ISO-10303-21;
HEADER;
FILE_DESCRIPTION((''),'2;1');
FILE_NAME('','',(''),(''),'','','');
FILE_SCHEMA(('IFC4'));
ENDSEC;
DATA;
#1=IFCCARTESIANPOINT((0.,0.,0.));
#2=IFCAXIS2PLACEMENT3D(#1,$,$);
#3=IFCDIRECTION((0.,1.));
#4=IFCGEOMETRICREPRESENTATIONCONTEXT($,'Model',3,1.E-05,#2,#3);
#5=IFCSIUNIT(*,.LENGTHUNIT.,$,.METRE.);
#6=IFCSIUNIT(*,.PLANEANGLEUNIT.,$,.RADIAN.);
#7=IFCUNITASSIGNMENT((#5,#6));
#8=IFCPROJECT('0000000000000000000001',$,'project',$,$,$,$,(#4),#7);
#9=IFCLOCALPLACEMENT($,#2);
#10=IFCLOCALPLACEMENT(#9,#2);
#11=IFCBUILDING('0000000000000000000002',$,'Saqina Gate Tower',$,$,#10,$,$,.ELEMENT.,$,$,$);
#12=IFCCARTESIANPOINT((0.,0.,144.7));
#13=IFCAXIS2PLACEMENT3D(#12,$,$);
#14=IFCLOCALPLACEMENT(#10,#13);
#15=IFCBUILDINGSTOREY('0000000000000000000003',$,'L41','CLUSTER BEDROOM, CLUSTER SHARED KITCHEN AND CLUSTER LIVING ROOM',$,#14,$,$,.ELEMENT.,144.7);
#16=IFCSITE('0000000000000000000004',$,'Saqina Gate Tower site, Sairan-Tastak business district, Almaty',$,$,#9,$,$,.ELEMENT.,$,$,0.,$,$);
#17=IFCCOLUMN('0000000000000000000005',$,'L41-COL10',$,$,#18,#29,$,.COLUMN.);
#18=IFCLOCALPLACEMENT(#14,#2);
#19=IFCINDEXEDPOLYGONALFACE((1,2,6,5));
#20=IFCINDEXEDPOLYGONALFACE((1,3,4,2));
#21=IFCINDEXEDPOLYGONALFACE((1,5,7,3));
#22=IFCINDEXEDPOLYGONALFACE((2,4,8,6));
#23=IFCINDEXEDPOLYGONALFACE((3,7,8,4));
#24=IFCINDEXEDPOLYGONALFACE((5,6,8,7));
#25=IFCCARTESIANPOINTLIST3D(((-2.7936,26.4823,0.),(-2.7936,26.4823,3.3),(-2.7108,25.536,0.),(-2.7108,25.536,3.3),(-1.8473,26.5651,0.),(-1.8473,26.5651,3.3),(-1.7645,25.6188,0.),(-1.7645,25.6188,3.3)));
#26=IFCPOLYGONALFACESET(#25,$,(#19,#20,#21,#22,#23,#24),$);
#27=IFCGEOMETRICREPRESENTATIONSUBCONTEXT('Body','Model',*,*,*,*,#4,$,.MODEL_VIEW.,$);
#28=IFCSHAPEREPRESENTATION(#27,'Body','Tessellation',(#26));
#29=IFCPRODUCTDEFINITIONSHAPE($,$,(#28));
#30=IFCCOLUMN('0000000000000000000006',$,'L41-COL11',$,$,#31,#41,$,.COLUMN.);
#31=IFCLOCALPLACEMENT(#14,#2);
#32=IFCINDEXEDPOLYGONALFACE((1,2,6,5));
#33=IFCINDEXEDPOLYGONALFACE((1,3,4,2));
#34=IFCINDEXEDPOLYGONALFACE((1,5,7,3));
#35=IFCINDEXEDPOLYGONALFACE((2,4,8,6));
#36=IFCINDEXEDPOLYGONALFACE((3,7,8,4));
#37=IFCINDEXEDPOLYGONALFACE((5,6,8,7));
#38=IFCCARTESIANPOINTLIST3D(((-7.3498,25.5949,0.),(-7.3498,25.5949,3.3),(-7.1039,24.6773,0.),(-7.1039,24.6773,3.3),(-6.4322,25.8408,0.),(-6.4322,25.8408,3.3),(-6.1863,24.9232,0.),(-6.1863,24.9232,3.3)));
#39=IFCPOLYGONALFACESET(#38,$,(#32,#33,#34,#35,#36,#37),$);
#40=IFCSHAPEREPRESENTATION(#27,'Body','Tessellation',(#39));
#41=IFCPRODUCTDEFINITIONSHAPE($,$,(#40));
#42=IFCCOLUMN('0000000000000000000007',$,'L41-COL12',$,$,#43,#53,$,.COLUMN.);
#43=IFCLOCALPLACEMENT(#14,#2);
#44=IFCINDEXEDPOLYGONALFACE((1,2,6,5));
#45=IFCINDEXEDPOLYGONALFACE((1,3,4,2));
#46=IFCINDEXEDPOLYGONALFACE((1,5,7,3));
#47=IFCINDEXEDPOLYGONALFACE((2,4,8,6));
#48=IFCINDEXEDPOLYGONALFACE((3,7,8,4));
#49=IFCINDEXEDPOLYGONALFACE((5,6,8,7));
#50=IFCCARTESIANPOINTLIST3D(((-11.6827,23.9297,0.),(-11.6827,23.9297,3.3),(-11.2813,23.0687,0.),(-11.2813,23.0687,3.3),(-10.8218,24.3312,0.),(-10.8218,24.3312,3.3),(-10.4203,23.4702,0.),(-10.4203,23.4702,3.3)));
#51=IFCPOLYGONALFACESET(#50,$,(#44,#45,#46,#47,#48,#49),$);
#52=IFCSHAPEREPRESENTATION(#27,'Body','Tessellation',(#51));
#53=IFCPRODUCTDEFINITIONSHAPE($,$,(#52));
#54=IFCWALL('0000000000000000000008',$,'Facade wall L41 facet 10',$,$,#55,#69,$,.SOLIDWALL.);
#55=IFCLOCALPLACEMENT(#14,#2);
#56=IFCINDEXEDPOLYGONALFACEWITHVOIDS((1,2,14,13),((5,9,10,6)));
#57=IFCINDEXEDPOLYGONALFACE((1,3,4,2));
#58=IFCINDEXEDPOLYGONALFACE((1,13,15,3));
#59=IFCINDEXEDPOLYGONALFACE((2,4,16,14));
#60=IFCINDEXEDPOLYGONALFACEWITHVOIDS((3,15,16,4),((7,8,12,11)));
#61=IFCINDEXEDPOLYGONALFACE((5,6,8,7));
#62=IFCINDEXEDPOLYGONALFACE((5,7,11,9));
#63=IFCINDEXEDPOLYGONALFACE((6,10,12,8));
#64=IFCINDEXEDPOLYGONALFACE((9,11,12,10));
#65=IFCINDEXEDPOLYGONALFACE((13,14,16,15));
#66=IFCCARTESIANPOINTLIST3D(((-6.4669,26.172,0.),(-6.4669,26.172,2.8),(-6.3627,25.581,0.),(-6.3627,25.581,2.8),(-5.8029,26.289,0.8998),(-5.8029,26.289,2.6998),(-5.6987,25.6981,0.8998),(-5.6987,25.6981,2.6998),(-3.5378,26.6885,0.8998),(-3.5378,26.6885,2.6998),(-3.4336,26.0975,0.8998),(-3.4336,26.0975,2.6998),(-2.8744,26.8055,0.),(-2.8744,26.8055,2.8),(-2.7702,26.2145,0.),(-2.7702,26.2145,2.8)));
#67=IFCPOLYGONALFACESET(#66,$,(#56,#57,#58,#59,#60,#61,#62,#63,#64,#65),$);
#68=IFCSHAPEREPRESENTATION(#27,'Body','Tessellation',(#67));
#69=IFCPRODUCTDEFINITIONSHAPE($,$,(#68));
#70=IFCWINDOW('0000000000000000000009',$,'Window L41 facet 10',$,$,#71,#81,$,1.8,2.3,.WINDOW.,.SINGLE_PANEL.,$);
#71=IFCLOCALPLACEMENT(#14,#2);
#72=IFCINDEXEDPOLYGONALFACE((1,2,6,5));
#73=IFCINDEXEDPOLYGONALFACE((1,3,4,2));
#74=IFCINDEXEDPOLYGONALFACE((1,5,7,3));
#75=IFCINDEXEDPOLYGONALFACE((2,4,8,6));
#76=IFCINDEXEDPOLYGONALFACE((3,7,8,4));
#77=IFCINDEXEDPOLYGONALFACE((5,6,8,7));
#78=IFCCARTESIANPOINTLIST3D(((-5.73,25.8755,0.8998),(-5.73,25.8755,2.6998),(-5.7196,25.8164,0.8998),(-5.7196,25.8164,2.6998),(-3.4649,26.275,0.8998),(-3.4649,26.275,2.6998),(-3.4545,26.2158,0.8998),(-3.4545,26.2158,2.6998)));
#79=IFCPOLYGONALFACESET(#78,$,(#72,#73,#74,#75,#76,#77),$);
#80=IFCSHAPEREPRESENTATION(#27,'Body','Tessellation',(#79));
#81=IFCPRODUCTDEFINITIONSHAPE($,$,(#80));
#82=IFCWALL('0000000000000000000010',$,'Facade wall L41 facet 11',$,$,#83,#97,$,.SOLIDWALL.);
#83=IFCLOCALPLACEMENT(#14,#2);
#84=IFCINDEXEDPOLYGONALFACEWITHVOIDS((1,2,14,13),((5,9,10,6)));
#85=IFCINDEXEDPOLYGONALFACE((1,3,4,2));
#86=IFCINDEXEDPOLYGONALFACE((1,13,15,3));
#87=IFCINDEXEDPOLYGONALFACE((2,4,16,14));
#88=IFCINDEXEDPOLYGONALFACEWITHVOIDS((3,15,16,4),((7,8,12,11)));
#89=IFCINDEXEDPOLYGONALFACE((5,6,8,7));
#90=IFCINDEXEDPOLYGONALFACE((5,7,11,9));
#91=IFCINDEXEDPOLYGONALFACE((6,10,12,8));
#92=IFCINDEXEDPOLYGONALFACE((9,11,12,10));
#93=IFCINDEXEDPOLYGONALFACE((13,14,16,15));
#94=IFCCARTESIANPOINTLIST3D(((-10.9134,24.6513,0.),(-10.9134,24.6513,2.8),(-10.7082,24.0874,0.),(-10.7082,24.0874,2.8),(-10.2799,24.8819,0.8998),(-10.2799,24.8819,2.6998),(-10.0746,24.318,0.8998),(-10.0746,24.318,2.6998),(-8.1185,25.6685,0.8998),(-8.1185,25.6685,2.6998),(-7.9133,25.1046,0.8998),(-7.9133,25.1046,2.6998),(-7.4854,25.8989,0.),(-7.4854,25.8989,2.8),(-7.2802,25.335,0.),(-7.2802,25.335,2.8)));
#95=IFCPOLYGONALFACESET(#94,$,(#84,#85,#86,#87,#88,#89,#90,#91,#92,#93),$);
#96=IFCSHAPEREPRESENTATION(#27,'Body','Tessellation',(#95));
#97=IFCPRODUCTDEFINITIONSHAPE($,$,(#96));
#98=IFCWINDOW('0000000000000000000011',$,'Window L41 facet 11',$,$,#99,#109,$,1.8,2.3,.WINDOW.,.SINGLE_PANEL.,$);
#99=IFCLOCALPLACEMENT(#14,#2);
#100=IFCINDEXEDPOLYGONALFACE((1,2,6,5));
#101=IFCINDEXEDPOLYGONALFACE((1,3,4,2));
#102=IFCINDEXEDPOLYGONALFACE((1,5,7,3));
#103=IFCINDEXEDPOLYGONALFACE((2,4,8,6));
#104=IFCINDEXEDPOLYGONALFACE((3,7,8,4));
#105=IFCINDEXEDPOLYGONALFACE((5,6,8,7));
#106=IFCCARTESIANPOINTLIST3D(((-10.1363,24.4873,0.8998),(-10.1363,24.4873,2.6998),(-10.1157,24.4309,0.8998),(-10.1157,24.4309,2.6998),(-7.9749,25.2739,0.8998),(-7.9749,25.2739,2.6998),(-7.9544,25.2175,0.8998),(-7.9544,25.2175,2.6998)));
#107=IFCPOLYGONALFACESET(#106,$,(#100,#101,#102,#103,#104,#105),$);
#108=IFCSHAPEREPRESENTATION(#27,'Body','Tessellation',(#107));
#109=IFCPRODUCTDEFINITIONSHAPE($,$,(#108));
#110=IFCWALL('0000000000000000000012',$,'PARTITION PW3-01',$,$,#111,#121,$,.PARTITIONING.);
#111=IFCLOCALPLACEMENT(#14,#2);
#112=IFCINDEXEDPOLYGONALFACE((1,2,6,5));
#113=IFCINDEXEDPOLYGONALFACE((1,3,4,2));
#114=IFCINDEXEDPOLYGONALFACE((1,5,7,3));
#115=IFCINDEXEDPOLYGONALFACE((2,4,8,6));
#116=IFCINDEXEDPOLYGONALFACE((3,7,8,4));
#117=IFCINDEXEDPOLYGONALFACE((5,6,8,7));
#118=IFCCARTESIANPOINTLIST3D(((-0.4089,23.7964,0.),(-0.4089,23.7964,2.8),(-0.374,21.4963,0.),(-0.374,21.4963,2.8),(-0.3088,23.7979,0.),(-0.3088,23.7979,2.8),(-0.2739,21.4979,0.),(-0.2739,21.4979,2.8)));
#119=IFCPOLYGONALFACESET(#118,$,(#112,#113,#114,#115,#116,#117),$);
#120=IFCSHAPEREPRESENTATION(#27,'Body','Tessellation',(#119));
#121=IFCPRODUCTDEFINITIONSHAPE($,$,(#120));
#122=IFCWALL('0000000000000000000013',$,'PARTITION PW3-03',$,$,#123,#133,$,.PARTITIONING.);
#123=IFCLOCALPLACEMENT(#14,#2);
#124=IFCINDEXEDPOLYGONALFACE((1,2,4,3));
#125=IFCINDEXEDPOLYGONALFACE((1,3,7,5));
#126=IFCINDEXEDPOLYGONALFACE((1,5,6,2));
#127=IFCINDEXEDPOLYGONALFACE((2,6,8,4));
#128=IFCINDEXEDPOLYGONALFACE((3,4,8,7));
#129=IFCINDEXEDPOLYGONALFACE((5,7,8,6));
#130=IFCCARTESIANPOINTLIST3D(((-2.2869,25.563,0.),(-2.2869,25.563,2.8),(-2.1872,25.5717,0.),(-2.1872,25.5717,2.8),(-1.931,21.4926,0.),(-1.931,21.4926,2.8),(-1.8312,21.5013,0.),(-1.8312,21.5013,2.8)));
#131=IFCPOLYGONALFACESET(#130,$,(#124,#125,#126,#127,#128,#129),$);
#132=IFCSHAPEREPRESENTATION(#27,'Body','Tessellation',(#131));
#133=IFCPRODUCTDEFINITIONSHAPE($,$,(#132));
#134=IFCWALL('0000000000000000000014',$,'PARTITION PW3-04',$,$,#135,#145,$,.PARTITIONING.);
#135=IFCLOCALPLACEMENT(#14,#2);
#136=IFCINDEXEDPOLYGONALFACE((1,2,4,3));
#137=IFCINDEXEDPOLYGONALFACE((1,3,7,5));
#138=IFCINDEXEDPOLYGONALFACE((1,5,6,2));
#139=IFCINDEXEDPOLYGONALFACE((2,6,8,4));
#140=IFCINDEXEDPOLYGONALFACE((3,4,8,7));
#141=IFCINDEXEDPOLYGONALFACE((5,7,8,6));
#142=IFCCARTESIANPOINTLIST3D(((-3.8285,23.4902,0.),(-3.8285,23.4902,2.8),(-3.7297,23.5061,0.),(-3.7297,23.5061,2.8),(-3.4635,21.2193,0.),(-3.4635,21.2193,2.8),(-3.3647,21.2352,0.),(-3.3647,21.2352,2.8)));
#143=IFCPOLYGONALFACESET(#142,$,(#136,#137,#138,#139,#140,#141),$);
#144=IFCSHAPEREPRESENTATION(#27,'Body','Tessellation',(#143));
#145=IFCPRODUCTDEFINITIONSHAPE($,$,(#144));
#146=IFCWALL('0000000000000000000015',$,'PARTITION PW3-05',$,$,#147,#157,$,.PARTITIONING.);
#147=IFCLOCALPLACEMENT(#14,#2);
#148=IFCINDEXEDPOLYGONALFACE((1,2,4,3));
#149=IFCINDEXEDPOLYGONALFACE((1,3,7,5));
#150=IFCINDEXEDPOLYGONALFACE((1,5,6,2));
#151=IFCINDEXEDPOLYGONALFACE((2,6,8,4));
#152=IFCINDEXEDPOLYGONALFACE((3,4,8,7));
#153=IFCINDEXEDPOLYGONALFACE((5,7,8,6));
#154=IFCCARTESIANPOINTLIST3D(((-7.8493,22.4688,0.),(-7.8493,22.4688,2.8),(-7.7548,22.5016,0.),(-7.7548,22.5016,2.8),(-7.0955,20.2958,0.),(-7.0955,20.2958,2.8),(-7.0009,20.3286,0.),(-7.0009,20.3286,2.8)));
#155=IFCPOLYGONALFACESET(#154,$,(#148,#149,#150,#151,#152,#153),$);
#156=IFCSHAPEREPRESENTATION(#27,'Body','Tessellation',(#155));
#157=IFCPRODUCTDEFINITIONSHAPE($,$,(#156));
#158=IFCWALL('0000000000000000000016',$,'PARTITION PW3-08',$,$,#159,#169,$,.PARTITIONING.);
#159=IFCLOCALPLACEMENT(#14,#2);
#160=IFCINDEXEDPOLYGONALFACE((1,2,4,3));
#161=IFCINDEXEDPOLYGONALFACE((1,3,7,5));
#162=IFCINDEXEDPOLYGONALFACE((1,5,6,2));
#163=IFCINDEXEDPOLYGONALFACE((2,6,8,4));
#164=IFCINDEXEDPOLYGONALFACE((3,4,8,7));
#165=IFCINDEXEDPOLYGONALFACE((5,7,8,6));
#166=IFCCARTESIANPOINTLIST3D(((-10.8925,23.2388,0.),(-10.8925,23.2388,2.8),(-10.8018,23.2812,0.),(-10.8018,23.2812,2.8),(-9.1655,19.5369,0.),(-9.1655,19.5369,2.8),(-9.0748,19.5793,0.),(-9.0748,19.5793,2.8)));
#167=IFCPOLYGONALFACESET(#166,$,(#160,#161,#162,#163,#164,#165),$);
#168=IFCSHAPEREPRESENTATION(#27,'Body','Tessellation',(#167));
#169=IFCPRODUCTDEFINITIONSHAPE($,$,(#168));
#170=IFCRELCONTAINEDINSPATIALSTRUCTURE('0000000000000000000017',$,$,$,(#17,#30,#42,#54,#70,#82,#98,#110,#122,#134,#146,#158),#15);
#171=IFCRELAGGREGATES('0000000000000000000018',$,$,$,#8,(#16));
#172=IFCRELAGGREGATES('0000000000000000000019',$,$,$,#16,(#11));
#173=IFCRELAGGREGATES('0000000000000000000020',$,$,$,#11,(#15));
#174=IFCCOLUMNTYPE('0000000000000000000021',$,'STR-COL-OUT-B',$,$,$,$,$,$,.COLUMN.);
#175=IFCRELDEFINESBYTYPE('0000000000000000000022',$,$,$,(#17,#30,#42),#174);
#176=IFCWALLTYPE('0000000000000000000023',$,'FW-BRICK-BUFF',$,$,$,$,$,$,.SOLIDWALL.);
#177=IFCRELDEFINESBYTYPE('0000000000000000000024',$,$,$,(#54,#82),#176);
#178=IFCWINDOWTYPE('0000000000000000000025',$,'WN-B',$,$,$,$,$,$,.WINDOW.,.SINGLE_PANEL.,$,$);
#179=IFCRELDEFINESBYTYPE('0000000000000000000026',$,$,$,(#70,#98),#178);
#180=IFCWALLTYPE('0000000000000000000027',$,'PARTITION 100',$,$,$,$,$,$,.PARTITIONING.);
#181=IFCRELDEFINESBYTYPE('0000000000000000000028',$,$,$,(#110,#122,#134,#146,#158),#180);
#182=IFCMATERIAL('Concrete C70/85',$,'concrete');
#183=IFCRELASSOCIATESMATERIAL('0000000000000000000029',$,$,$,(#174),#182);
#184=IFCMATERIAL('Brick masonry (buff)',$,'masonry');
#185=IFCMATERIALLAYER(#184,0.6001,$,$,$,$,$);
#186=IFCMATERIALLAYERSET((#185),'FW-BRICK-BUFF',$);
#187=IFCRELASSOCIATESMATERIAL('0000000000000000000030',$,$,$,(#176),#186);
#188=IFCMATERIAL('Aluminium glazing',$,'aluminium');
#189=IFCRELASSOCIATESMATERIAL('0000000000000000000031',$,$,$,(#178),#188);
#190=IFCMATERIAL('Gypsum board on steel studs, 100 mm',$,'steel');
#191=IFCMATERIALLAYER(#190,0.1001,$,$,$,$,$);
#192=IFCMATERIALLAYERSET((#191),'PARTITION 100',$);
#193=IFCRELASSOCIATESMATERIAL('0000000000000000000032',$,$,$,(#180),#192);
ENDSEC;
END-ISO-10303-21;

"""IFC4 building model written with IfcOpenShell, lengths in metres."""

from ifc_helpers import new_model, si_unit, direction, frame, frame_2d, origin, origin_2d, place, context, subcontext, project, spatial, rectangle, extrude, material, layer, layer_set, material_profile, profile_set, type_object, element, fill, save


model = new_model("IFC4")

# Units and contexts
model_context = context("Model", 3, precision=1e-05, world=origin(), true_north=direction((0.0, 1.0)))
body_context = subcontext(model_context, "Body", "Model", "MODEL_VIEW")
ifc_project = project(units=[si_unit("LENGTHUNIT", "METRE"), si_unit("PLANEANGLEUNIT", "RADIAN")], contexts=[model_context])

# Site, building, storey
site_placement = place(None, origin())
site = spatial("IfcSite", under=ifc_project, at=site_placement, Name="Saqina Gate Tower site, Sairan-Tastak business district, Almaty", CompositionType="ELEMENT", RefElevation=0.0)
building_placement = place(site_placement, origin())
building = spatial("IfcBuilding", under=site, at=building_placement, Name="Saqina Gate Tower", CompositionType="ELEMENT")
storey_placement = place(building_placement, frame((0.0, 0.0, 144.7)))
storey = spatial("IfcBuildingStorey", under=building, at=storey_placement, Name="L41", Description="CLUSTER BEDROOM, CLUSTER SHARED KITCHEN AND CLUSTER LIVING ROOM", CompositionType="ELEMENT", Elevation=144.7)

# Columns
ifc_material_1 = material(Name="Concrete C70/85", Category="concrete")
ifc_material_profile = material_profile(ifc_material_1, rectangle(XDim=0.95, YDim=0.95, at=origin_2d()), Name="RC 950x950")
ifc_profile_set = profile_set([ifc_material_profile], Name="Concrete C70/85")
column_type = type_object("IfcColumnType", Name="STR-COL-OUT-B", PredefinedType="COLUMN", material=ifc_profile_set)
for number, where, z_axis, x_axis, name in (
    (1, (-2.2791, 26.0505, 0.0), (0.0, 0.0, 1.0), (-0.087156, 0.996195, 0.0), "L41-COL10"),
    (2, (-6.7681, 25.259, 0.0), (0.0, 0.0, 1.0), (-0.258819, 0.965926, 0.0), "L41-COL11"),
    (3, (-11.0515, 23.7, 0.0), (0.0, 0.0, 1.0), (-0.422618, 0.906308, 0.0), "L41-COL12"),
):
    element("IfcColumn", number, at=place(storey_placement, frame(where, z_axis=z_axis, x_axis=x_axis)), inside=storey, type_object=column_type, Name=name, PredefinedType="COLUMN", context=body_context, shape_type="SweptSolid", body=[
        extrude(rectangle(XDim=0.95, YDim=0.95, at=origin_2d()), origin(), (0.0, 0.0, 1.0), 3.3),
    ])

# Walls, openings, windows
ifc_material_2 = material(Name="Brick masonry (buff)", Category="masonry")
ifc_layer_1 = layer(ifc_material_2, 0.6001)
ifc_layer_set_1 = layer_set([ifc_layer_1], Name="FW-BRICK-BUFF")
wall_type_1 = type_object("IfcWallType", Name="FW-BRICK-BUFF", PredefinedType="SOLIDWALL", material=ifc_layer_set_1)
wall_1_placement = place(storey_placement, frame((-2.8223, 26.51, 0.0), z_axis=(0.0, 0.0, 1.0), x_axis=(-0.984804, -0.173671, 0.0)))
wall_1 = element("IfcWall", 4, at=wall_1_placement, inside=storey, type_object=wall_type_1, Name="Facade wall L41 facet 10", PredefinedType="SOLIDWALL", context=body_context, shape_type="SweptSolid", body=[
    extrude(rectangle(XDim=3.6479, YDim=0.6001, at=frame_2d((1.824, 0.0))), origin(), (0.0, 0.0, 1.0), 2.8),
])
opening_1_placement = place(wall_1_placement, frame((0.6738, 0.0, 0.8999)))
opening_1 = element("IfcOpeningElement", 5, at=opening_1_placement, cuts=wall_1, PredefinedType="OPENING", context=body_context, shape_type="SweptSolid", body=[
    extrude(rectangle(XDim=2.3, YDim=1.8, at=frame_2d((1.1499, 0.8999))), frame((0.0, 0.312, 0.0), z_axis=(0.0, -1.0, 0.0), x_axis=(1.0, 0.0, 0.0)), (0.0, 0.0, 1.0), 0.624),
])
ifc_material_3 = material(Name="Aluminium glazing", Category="aluminium")
window_type = type_object("IfcWindowType", Name="WN-B", PartitioningType="SINGLE_PANEL", PredefinedType="WINDOW", material=ifc_material_3)
window_1_placement = place(opening_1_placement, origin())
window_1 = element("IfcWindow", 6, at=window_1_placement, inside=storey, type_object=window_type, Name="Window L41 facet 10", OverallHeight=1.8, OverallWidth=2.3, PartitioningType="SINGLE_PANEL", PredefinedType="WINDOW", context=body_context, shape_type="SweptSolid", body=[
    extrude(rectangle(XDim=2.3, YDim=1.8, at=frame_2d((1.1499, 0.8999))), frame((0.0, 0.1799, 0.0), z_axis=(0.0, -1.0, 0.0), x_axis=(1.0, 0.0, 0.0)), (0.0, 0.0, 1.0), 0.0601),
])
fill(opening_1, window_1)
wall_2_placement = place(storey_placement, frame((-7.3828, 25.6169, 0.0), z_axis=(0.0, 0.0, 1.0), x_axis=(-0.939704, -0.34199, 0.0)))
wall_2 = element("IfcWall", 7, at=wall_2_placement, inside=storey, type_object=wall_type_1, Name="Facade wall L41 facet 11", PredefinedType="SOLIDWALL", context=body_context, shape_type="SweptSolid", body=[
    extrude(rectangle(XDim=3.6479, YDim=0.6001, at=frame_2d((1.824, 0.0))), origin(), (0.0, 0.0, 1.0), 2.8),
])
opening_2_placement = place(wall_2_placement, frame((0.6738, 0.0, 0.8999)))
opening_2 = element("IfcOpeningElement", 8, at=opening_2_placement, cuts=wall_2, PredefinedType="OPENING", context=body_context, shape_type="SweptSolid", body=[
    extrude(rectangle(XDim=2.3, YDim=1.8, at=frame_2d((1.1499, 0.8999))), frame((0.0, 0.312, 0.0), z_axis=(0.0, -1.0, 0.0), x_axis=(1.0, 0.0, 0.0)), (0.0, 0.0, 1.0), 0.624),
])
window_2_placement = place(opening_2_placement, origin())
window_2 = element("IfcWindow", 9, at=window_2_placement, inside=storey, type_object=window_type, Name="Window L41 facet 11", OverallHeight=1.8, OverallWidth=2.3, PartitioningType="SINGLE_PANEL", PredefinedType="WINDOW", context=body_context, shape_type="SweptSolid", body=[
    extrude(rectangle(XDim=2.3, YDim=1.8, at=frame_2d((1.1499, 0.8999))), frame((0.0, 0.1799, 0.0), z_axis=(0.0, -1.0, 0.0), x_axis=(1.0, 0.0, 0.0)), (0.0, 0.0, 1.0), 0.0601),
])
fill(opening_2, window_2)

# Walls
ifc_material_4 = material(Name="Gypsum board on steel studs, 100 mm", Category="steel")
ifc_layer_2 = layer(ifc_material_4, 0.1001)
ifc_layer_set_2 = layer_set([ifc_layer_2], Name="PARTITION 100")
wall_type_2 = type_object("IfcWallType", Name="PARTITION 100", PredefinedType="PARTITIONING", material=ifc_layer_set_2)
wall_3_placement = place(storey_placement, frame((-0.3589, 23.7971, 0.0), z_axis=(0.0, 0.0, 1.0), x_axis=(0.015177, -0.999885, 0.0)))
element("IfcWall", 10, at=wall_3_placement, inside=storey, type_object=wall_type_2, Name="PARTITION PW3-01", PredefinedType="PARTITIONING", context=body_context, shape_type="SweptSolid", body=[
    extrude(rectangle(XDim=2.3003, YDim=0.1001, at=frame_2d((1.1501, 0.0))), origin(), (0.0, 0.0, 1.0), 2.8),
])
wall_4_placement = place(storey_placement, frame((-2.2371, 25.5674, 0.0), z_axis=(0.0, 0.0, 1.0), x_axis=(0.08712, -0.996198, 0.0)))
element("IfcWall", 11, at=wall_4_placement, inside=storey, type_object=wall_type_2, Name="PARTITION PW3-03", PredefinedType="PARTITIONING", context=body_context, shape_type="SweptSolid", body=[
    extrude(rectangle(XDim=4.0859, YDim=0.1001, at=frame_2d((2.043, 0.0))), origin(), (0.0, 0.0, 1.0), 2.8),
])
for number, where, z_axis, x_axis, name in (
    (12, (-3.7791, 23.498, 0.0), (0.0, 0.0, 1.0), (0.158682, -0.98733, 0.0), "PARTITION PW3-04"),
    (13, (-7.802, 22.4851, 0.0), (0.0, 0.0, 1.0), (0.327763, -0.94476, 0.0), "PARTITION PW3-05"),
):
    element("IfcWall", number, at=place(storey_placement, frame(where, z_axis=z_axis, x_axis=x_axis)), inside=storey, type_object=wall_type_2, Name=name, PredefinedType="PARTITIONING", context=body_context, shape_type="SweptSolid", body=[
        extrude(rectangle(XDim=2.3, YDim=0.1001, at=frame_2d((1.1499, 0.0))), origin(), (0.0, 0.0, 1.0), 2.8),
    ])
wall_5_placement = place(storey_placement, frame((-10.8472, 23.26, 0.0), z_axis=(0.0, 0.0, 1.0), x_axis=(0.422784, -0.90623, 0.0)))
element("IfcWall", 14, at=wall_5_placement, inside=storey, type_object=wall_type_2, Name="PARTITION PW3-08", PredefinedType="PARTITIONING", context=body_context, shape_type="SweptSolid", body=[
    extrude(rectangle(XDim=4.085, YDim=0.1001, at=frame_2d((2.0425, 0.0))), origin(), (0.0, 0.0, 1.0), 2.8),
])

save(model, "model.ifc")
